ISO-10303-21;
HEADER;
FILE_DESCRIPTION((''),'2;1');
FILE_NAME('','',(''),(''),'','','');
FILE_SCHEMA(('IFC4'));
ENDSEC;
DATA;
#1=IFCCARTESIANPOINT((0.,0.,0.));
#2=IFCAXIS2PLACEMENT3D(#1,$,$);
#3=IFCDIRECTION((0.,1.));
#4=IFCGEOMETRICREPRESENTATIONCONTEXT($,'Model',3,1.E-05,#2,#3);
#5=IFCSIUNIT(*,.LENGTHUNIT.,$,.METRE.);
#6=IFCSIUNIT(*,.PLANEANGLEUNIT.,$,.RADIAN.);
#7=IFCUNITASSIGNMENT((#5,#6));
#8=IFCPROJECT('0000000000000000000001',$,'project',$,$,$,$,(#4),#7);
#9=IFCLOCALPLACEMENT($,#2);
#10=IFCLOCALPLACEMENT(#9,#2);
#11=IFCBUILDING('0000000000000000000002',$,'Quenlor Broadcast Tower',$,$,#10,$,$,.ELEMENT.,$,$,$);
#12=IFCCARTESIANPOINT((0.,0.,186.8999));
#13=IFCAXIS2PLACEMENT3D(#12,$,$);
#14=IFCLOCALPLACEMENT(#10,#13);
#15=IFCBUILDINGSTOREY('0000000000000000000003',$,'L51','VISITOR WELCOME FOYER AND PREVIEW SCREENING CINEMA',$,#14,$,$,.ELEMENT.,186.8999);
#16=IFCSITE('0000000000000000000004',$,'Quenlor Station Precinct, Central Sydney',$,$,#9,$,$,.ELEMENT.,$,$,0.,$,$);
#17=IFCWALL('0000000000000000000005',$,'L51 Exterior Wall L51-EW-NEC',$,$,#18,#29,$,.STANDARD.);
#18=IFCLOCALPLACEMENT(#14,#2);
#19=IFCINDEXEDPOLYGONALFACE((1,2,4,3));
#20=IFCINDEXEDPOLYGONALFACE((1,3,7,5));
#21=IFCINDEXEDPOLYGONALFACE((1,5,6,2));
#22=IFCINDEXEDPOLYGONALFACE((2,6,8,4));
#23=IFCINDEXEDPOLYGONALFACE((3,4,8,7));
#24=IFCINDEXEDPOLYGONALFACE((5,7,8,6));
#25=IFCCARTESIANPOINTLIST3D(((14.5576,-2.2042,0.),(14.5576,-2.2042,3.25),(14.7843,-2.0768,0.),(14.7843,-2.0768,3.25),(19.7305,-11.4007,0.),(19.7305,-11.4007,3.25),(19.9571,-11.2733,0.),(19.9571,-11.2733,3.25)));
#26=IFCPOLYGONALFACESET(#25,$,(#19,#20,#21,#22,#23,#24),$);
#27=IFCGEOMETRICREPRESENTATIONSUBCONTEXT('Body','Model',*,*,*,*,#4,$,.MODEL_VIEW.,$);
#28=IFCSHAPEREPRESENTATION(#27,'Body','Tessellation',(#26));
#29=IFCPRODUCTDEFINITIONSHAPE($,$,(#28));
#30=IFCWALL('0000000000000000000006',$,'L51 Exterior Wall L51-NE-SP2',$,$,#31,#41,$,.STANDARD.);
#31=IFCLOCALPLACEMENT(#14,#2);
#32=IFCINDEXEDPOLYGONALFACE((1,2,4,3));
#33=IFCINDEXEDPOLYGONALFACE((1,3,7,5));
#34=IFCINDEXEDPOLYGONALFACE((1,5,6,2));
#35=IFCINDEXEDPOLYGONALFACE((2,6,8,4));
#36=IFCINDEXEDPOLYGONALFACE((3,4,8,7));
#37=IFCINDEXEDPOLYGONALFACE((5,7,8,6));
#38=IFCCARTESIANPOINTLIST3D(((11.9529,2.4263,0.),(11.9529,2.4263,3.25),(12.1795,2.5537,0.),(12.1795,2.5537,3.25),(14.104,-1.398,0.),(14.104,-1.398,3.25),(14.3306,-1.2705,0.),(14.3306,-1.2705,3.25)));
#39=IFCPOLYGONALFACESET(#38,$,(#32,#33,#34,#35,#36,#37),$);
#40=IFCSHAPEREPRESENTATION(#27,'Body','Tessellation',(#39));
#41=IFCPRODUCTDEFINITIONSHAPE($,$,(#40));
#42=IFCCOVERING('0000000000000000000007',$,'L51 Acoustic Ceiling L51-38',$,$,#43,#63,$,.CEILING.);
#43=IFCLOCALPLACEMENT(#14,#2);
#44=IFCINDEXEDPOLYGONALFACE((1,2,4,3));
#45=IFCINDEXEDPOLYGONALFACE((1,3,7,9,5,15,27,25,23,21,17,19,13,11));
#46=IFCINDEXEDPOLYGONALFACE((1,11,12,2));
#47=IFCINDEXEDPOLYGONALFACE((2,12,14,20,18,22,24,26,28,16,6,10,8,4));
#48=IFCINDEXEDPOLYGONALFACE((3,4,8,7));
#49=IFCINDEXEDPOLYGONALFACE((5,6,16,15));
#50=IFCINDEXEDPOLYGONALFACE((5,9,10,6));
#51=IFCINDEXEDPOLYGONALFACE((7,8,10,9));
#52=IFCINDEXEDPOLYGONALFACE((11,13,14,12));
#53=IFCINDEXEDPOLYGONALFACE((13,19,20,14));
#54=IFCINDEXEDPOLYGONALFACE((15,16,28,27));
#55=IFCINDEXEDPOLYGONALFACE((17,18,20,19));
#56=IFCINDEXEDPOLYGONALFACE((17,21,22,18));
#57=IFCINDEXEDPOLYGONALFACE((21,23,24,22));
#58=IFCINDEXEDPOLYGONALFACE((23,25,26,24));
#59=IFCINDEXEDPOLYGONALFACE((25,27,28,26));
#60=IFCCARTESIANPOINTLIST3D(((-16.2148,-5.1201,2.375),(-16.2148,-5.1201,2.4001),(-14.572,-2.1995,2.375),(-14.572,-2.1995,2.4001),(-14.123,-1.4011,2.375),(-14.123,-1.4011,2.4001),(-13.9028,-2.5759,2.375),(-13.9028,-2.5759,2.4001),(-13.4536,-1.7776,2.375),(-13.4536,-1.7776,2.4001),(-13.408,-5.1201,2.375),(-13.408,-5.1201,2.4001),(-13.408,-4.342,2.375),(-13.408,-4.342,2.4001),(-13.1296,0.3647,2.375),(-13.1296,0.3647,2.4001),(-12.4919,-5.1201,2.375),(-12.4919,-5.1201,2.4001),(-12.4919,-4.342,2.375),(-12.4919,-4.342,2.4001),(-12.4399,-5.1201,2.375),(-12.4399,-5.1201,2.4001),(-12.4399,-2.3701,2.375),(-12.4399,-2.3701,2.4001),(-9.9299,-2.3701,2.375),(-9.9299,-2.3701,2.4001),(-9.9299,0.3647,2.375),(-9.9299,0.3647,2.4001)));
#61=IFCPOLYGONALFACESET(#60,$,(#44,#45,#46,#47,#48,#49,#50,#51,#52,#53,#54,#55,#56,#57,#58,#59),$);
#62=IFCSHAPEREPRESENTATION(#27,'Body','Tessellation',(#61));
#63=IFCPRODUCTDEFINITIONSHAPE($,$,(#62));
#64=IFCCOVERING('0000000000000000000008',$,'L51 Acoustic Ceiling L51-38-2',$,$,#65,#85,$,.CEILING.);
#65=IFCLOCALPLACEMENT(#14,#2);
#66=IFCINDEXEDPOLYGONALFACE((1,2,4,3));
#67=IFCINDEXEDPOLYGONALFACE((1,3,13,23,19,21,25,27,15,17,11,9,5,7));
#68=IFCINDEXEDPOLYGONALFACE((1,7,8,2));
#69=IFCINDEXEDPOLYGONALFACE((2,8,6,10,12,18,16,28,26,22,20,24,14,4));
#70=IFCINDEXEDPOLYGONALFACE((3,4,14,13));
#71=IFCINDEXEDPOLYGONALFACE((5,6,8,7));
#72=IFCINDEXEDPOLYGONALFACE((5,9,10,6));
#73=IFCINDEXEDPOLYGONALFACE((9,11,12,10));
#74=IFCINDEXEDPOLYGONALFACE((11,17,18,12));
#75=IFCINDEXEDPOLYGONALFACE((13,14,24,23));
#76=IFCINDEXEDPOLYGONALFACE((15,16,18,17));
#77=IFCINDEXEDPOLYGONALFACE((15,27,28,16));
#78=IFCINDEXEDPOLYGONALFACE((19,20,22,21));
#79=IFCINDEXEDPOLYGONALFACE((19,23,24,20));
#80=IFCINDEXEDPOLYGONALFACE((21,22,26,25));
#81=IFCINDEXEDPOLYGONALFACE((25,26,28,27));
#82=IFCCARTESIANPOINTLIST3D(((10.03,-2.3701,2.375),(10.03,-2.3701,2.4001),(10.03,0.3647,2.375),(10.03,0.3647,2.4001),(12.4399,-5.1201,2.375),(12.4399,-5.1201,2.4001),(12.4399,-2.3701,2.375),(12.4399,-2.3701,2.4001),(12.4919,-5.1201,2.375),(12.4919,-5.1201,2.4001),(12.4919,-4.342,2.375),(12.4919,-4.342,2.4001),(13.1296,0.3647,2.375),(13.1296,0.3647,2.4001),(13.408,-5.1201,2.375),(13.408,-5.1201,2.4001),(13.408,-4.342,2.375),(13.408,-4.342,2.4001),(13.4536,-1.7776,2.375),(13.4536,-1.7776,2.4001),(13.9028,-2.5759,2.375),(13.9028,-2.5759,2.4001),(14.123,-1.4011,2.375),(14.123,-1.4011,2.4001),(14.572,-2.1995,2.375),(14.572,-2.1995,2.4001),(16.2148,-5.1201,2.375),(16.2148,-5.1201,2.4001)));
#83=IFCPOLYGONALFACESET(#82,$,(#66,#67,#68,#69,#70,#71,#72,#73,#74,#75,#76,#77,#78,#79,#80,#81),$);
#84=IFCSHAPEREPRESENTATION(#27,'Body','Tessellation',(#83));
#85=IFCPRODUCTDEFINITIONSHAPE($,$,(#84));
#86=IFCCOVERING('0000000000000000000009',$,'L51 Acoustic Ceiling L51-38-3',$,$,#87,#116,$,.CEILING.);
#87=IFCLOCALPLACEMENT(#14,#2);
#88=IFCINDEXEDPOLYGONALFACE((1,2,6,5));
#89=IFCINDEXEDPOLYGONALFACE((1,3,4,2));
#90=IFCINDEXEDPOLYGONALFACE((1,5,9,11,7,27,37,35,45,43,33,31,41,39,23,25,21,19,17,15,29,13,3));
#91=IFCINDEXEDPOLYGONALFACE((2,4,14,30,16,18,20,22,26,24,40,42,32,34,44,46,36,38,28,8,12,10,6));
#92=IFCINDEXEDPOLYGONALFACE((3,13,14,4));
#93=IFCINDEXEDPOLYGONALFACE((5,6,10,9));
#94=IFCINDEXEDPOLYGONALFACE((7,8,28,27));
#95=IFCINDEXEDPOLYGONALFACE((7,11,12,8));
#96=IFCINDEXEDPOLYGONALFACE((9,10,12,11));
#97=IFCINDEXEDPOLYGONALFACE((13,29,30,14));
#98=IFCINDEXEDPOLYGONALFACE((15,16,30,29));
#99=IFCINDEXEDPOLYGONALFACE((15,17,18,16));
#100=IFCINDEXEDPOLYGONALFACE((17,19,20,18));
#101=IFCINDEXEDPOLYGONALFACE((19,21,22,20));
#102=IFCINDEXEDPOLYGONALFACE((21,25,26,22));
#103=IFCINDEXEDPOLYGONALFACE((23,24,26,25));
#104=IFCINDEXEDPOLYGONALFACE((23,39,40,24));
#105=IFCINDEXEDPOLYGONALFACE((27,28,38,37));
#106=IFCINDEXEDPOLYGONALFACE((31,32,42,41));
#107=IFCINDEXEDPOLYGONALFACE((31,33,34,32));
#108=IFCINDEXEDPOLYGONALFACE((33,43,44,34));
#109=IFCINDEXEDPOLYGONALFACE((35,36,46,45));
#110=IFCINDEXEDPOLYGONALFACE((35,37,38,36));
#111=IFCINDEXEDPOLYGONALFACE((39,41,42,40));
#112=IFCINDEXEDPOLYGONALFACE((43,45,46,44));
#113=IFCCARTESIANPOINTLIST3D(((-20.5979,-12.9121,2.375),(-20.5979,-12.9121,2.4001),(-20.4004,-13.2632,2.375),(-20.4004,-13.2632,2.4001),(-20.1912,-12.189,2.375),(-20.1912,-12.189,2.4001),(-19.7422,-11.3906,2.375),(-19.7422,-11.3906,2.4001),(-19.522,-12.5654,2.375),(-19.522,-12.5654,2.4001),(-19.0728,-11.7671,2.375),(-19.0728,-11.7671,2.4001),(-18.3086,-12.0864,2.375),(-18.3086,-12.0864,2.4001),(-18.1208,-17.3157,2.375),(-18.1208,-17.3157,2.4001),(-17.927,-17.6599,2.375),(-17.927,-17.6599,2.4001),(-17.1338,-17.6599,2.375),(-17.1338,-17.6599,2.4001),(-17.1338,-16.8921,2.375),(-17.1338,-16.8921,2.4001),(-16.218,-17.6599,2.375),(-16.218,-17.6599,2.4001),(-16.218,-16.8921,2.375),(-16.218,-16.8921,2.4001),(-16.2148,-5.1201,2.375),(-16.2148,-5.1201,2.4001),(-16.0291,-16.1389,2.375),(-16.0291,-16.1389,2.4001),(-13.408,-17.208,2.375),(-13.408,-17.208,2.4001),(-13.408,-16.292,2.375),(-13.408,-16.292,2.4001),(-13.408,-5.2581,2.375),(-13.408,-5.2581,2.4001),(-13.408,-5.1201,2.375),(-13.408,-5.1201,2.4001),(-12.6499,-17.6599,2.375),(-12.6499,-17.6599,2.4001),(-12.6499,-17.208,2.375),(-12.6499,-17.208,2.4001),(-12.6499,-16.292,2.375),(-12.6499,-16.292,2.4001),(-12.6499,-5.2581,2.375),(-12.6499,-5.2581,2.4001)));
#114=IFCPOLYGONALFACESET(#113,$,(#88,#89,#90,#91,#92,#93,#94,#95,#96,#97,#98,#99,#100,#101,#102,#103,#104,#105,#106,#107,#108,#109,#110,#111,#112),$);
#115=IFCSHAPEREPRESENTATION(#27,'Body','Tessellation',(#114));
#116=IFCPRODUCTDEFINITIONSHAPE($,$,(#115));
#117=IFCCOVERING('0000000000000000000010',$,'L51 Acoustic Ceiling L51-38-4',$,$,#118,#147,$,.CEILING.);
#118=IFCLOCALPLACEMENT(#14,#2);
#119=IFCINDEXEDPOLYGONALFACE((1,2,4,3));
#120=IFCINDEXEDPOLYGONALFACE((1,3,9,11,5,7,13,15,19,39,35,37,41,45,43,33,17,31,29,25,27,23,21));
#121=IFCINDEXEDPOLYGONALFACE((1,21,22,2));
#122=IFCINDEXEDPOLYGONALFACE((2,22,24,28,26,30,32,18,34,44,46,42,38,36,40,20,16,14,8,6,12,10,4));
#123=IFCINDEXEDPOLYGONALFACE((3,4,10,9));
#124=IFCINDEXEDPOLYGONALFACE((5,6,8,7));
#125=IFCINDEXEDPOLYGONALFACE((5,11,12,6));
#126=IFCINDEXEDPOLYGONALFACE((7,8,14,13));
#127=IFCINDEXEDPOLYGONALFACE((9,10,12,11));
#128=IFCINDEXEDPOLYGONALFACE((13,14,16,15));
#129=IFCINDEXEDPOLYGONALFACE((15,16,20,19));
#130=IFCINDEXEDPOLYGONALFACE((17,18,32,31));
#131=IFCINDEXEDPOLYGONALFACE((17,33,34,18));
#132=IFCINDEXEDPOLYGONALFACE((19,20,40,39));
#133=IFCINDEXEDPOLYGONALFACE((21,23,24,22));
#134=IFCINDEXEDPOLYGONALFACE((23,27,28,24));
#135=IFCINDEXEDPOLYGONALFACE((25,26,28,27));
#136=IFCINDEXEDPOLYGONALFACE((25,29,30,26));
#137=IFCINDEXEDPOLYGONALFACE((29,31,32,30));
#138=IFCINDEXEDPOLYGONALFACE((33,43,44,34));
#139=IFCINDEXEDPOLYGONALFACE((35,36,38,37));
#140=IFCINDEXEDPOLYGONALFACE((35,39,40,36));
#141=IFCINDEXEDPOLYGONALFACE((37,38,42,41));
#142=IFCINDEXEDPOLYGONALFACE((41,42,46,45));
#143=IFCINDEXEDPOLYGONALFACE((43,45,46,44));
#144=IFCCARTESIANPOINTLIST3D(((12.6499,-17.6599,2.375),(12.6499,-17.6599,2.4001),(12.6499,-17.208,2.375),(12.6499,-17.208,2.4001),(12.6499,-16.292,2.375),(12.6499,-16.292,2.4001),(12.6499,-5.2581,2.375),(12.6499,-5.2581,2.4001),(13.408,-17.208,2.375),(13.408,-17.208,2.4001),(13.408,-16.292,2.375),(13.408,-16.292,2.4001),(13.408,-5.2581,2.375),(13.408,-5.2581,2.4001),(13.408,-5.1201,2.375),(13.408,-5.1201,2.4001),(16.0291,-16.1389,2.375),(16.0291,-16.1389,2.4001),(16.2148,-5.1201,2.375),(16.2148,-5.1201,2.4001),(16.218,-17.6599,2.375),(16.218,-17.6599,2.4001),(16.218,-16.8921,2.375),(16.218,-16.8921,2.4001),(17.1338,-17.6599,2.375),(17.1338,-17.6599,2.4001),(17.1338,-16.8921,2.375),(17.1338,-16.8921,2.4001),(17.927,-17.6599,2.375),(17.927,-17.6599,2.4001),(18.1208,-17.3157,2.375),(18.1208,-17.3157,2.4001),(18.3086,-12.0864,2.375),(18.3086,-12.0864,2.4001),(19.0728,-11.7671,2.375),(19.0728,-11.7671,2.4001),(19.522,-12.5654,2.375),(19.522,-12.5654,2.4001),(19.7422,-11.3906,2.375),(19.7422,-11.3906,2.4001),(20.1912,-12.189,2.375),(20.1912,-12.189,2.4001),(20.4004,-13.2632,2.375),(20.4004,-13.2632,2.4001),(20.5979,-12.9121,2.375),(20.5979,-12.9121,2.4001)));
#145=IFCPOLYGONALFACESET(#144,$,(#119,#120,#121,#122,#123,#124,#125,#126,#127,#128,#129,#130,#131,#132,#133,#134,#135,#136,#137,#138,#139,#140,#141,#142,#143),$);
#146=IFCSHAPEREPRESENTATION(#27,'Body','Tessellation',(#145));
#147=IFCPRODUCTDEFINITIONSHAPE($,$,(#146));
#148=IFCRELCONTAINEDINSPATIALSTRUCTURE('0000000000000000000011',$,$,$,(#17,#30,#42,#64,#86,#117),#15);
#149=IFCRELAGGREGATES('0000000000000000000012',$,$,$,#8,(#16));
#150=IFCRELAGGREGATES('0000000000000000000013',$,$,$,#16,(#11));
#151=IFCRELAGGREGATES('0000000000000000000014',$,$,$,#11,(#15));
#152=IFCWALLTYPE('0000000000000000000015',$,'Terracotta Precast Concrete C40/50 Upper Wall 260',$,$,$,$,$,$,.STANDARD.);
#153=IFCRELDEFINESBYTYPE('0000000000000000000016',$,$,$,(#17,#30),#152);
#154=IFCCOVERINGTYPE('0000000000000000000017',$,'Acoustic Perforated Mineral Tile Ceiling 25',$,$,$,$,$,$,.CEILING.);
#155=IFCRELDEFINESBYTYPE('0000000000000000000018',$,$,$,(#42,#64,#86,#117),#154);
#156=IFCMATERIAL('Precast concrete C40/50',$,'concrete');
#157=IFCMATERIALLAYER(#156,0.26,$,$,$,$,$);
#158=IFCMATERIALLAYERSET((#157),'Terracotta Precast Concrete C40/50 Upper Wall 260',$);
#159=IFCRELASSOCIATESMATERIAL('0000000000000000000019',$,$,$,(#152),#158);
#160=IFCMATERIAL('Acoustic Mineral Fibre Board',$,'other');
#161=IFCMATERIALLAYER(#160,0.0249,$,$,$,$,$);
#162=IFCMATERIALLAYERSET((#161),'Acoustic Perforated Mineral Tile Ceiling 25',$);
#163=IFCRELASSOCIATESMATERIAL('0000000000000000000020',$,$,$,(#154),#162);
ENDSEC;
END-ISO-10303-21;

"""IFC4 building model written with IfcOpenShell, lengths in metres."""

from ifc_helpers import new_model, si_unit, direction, frame, frame_2d, origin, place, context, subcontext, project, spatial, polyline, rectangle, outline, extrude, material, layer, layer_set, type_object, element, save


model = new_model("IFC4")

# Units and contexts
model_context = context("Model", 3, precision=1e-05, world=origin(), true_north=direction((0.0, 1.0)))
body_context = subcontext(model_context, "Body", "Model", "MODEL_VIEW")
ifc_project = project(units=[si_unit("LENGTHUNIT", "METRE"), si_unit("PLANEANGLEUNIT", "RADIAN")], contexts=[model_context])

# Site, building, storey
site_placement = place(None, origin())
site = spatial("IfcSite", under=ifc_project, at=site_placement, Name="Quenlor Station Precinct, Central Sydney", CompositionType="ELEMENT", RefElevation=0.0)
building_placement = place(site_placement, origin())
building = spatial("IfcBuilding", under=site, at=building_placement, Name="Quenlor Broadcast Tower", CompositionType="ELEMENT")
storey_placement = place(building_placement, frame((0.0, 0.0, 186.8999)))
storey = spatial("IfcBuildingStorey", under=building, at=storey_placement, Name="L51", Description="VISITOR WELCOME FOYER AND PREVIEW SCREENING CINEMA", CompositionType="ELEMENT", Elevation=186.8999)

# Walls
ifc_material_1 = material(Name="Precast concrete C40/50", Category="concrete")
ifc_layer_1 = layer(ifc_material_1, 0.26)
ifc_layer_set_1 = layer_set([ifc_layer_1], Name="Terracotta Precast Concrete C40/50 Upper Wall 260")
wall_type_1 = type_object("IfcWallType", Name="Terracotta Precast Concrete C40/50 Upper Wall 260", PredefinedType="STANDARD", material=ifc_layer_set_1)
wall_1_placement = place(storey_placement, frame((14.6709, -2.1404, 0.0), z_axis=(0.0, 0.0, 1.0), x_axis=(0.490247, -0.871584, 0.0)))
element("IfcWall", 1, at=wall_1_placement, inside=storey, type_object=wall_type_1, Name="L51 Exterior Wall L51-EW-NEC", PredefinedType="STANDARD", context=body_context, shape_type="SweptSolid", body=[
    extrude(rectangle(XDim=10.5515, YDim=0.26, at=frame_2d((5.2759, 0.0))), origin(), (0.0, 0.0, 1.0), 3.25),
])
wall_2_placement = place(storey_placement, frame((12.0662, 2.49, 0.0), z_axis=(0.0, 0.0, 1.0), x_axis=(0.490261, -0.871576, 0.0)))
element("IfcWall", 2, at=wall_2_placement, inside=storey, type_object=wall_type_1, Name="L51 Exterior Wall L51-NE-SP2", PredefinedType="STANDARD", context=body_context, shape_type="SweptSolid", body=[
    extrude(rectangle(XDim=4.3877, YDim=0.26, at=frame_2d((2.1938, 0.0))), origin(), (0.0, 0.0, 1.0), 3.25),
])

# Coverings
ifc_material_2 = material(Name="Acoustic Mineral Fibre Board", Category="other")
ifc_layer_2 = layer(ifc_material_2, 0.0249)
ifc_layer_set_2 = layer_set([ifc_layer_2], Name="Acoustic Perforated Mineral Tile Ceiling 25")
covering_type = type_object("IfcCoveringType", Name="Acoustic Perforated Mineral Tile Ceiling 25", PredefinedType="CEILING", material=ifc_layer_set_2)
covering_1_placement = place(storey_placement, frame((0.0, 0.0, 2.375)))
element("IfcCovering", 3, at=covering_1_placement, inside=storey, type_object=covering_type, Name="L51 Acoustic Ceiling L51-38", PredefinedType="CEILING", context=body_context, shape_type="SweptSolid", body=[
    extrude(outline(polyline([(-14.572, -2.1995), (-13.9028, -2.5759), (-13.4536, -1.7776), (-14.123, -1.4011), (-13.1296, 0.3647), (-9.9299, 0.3647), (-9.9299, -2.3701), (-12.4399, -2.3701), (-12.4399, -5.1201), (-12.4919, -5.1201), (-12.4919, -4.342), (-13.408, -4.342), (-13.408, -5.1201), (-16.2148, -5.1201), (-14.572, -2.1995)])), origin(), (0.0, 0.0, 1.0), 0.0251),
])
covering_2_placement = place(storey_placement, frame((0.0, 0.0, 2.375)))
element("IfcCovering", 4, at=covering_2_placement, inside=storey, type_object=covering_type, Name="L51 Acoustic Ceiling L51-38-2", PredefinedType="CEILING", context=body_context, shape_type="SweptSolid", body=[
    extrude(outline(polyline([(13.408, -4.342), (12.4919, -4.342), (12.4919, -5.1201), (12.4399, -5.1201), (12.4399, -2.3701), (10.03, -2.3701), (10.03, 0.3647), (13.1296, 0.3647), (14.123, -1.4011), (13.4536, -1.7776), (13.9028, -2.5759), (14.572, -2.1995), (16.2148, -5.1201), (13.408, -5.1201), (13.408, -4.342)])), origin(), (0.0, 0.0, 1.0), 0.0251),
])
covering_3_placement = place(storey_placement, frame((0.0, 0.0, 2.375)))
element("IfcCovering", 5, at=covering_3_placement, inside=storey, type_object=covering_type, Name="L51 Acoustic Ceiling L51-38-3", PredefinedType="CEILING", context=body_context, shape_type="SweptSolid", body=[
    extrude(outline(polyline([(-20.5979, -12.9121), (-20.1912, -12.189), (-19.522, -12.5654), (-19.0728, -11.7671), (-19.7422, -11.3906), (-16.2148, -5.1201), (-13.408, -5.1201), (-13.408, -5.2581), (-12.6499, -5.2581), (-12.6499, -16.292), (-13.408, -16.292), (-13.408, -17.208), (-12.6499, -17.208), (-12.6499, -17.6599), (-16.218, -17.6599), (-16.218, -16.8921), (-17.1338, -16.8921), (-17.1338, -17.6599), (-17.927, -17.6599), (-18.1208, -17.3157), (-16.0291, -16.1389), (-18.3086, -12.0864), (-20.4004, -13.2632), (-20.5979, -12.9121)])), origin(), (0.0, 0.0, 1.0), 0.0251),
])
covering_4_placement = place(storey_placement, frame((0.0, 0.0, 2.375)))
element("IfcCovering", 6, at=covering_4_placement, inside=storey, type_object=covering_type, Name="L51 Acoustic Ceiling L51-38-4", PredefinedType="CEILING", context=body_context, shape_type="SweptSolid", body=[
    extrude(outline(polyline([(13.408, -17.208), (13.408, -16.292), (12.6499, -16.292), (12.6499, -5.2581), (13.408, -5.2581), (13.408, -5.1201), (16.2148, -5.1201), (19.7422, -11.3906), (19.0728, -11.7671), (19.522, -12.5654), (20.1912, -12.189), (20.5979, -12.9121), (20.4004, -13.2632), (18.3086, -12.0864), (16.0291, -16.1389), (18.1208, -17.3157), (17.927, -17.6599), (17.1338, -17.6599), (17.1338, -16.8921), (16.218, -16.8921), (16.218, -17.6599), (12.6499, -17.6599), (12.6499, -17.208), (13.408, -17.208)])), origin(), (0.0, 0.0, 1.0), 0.0251),
])

save(model, "model.ifc")
